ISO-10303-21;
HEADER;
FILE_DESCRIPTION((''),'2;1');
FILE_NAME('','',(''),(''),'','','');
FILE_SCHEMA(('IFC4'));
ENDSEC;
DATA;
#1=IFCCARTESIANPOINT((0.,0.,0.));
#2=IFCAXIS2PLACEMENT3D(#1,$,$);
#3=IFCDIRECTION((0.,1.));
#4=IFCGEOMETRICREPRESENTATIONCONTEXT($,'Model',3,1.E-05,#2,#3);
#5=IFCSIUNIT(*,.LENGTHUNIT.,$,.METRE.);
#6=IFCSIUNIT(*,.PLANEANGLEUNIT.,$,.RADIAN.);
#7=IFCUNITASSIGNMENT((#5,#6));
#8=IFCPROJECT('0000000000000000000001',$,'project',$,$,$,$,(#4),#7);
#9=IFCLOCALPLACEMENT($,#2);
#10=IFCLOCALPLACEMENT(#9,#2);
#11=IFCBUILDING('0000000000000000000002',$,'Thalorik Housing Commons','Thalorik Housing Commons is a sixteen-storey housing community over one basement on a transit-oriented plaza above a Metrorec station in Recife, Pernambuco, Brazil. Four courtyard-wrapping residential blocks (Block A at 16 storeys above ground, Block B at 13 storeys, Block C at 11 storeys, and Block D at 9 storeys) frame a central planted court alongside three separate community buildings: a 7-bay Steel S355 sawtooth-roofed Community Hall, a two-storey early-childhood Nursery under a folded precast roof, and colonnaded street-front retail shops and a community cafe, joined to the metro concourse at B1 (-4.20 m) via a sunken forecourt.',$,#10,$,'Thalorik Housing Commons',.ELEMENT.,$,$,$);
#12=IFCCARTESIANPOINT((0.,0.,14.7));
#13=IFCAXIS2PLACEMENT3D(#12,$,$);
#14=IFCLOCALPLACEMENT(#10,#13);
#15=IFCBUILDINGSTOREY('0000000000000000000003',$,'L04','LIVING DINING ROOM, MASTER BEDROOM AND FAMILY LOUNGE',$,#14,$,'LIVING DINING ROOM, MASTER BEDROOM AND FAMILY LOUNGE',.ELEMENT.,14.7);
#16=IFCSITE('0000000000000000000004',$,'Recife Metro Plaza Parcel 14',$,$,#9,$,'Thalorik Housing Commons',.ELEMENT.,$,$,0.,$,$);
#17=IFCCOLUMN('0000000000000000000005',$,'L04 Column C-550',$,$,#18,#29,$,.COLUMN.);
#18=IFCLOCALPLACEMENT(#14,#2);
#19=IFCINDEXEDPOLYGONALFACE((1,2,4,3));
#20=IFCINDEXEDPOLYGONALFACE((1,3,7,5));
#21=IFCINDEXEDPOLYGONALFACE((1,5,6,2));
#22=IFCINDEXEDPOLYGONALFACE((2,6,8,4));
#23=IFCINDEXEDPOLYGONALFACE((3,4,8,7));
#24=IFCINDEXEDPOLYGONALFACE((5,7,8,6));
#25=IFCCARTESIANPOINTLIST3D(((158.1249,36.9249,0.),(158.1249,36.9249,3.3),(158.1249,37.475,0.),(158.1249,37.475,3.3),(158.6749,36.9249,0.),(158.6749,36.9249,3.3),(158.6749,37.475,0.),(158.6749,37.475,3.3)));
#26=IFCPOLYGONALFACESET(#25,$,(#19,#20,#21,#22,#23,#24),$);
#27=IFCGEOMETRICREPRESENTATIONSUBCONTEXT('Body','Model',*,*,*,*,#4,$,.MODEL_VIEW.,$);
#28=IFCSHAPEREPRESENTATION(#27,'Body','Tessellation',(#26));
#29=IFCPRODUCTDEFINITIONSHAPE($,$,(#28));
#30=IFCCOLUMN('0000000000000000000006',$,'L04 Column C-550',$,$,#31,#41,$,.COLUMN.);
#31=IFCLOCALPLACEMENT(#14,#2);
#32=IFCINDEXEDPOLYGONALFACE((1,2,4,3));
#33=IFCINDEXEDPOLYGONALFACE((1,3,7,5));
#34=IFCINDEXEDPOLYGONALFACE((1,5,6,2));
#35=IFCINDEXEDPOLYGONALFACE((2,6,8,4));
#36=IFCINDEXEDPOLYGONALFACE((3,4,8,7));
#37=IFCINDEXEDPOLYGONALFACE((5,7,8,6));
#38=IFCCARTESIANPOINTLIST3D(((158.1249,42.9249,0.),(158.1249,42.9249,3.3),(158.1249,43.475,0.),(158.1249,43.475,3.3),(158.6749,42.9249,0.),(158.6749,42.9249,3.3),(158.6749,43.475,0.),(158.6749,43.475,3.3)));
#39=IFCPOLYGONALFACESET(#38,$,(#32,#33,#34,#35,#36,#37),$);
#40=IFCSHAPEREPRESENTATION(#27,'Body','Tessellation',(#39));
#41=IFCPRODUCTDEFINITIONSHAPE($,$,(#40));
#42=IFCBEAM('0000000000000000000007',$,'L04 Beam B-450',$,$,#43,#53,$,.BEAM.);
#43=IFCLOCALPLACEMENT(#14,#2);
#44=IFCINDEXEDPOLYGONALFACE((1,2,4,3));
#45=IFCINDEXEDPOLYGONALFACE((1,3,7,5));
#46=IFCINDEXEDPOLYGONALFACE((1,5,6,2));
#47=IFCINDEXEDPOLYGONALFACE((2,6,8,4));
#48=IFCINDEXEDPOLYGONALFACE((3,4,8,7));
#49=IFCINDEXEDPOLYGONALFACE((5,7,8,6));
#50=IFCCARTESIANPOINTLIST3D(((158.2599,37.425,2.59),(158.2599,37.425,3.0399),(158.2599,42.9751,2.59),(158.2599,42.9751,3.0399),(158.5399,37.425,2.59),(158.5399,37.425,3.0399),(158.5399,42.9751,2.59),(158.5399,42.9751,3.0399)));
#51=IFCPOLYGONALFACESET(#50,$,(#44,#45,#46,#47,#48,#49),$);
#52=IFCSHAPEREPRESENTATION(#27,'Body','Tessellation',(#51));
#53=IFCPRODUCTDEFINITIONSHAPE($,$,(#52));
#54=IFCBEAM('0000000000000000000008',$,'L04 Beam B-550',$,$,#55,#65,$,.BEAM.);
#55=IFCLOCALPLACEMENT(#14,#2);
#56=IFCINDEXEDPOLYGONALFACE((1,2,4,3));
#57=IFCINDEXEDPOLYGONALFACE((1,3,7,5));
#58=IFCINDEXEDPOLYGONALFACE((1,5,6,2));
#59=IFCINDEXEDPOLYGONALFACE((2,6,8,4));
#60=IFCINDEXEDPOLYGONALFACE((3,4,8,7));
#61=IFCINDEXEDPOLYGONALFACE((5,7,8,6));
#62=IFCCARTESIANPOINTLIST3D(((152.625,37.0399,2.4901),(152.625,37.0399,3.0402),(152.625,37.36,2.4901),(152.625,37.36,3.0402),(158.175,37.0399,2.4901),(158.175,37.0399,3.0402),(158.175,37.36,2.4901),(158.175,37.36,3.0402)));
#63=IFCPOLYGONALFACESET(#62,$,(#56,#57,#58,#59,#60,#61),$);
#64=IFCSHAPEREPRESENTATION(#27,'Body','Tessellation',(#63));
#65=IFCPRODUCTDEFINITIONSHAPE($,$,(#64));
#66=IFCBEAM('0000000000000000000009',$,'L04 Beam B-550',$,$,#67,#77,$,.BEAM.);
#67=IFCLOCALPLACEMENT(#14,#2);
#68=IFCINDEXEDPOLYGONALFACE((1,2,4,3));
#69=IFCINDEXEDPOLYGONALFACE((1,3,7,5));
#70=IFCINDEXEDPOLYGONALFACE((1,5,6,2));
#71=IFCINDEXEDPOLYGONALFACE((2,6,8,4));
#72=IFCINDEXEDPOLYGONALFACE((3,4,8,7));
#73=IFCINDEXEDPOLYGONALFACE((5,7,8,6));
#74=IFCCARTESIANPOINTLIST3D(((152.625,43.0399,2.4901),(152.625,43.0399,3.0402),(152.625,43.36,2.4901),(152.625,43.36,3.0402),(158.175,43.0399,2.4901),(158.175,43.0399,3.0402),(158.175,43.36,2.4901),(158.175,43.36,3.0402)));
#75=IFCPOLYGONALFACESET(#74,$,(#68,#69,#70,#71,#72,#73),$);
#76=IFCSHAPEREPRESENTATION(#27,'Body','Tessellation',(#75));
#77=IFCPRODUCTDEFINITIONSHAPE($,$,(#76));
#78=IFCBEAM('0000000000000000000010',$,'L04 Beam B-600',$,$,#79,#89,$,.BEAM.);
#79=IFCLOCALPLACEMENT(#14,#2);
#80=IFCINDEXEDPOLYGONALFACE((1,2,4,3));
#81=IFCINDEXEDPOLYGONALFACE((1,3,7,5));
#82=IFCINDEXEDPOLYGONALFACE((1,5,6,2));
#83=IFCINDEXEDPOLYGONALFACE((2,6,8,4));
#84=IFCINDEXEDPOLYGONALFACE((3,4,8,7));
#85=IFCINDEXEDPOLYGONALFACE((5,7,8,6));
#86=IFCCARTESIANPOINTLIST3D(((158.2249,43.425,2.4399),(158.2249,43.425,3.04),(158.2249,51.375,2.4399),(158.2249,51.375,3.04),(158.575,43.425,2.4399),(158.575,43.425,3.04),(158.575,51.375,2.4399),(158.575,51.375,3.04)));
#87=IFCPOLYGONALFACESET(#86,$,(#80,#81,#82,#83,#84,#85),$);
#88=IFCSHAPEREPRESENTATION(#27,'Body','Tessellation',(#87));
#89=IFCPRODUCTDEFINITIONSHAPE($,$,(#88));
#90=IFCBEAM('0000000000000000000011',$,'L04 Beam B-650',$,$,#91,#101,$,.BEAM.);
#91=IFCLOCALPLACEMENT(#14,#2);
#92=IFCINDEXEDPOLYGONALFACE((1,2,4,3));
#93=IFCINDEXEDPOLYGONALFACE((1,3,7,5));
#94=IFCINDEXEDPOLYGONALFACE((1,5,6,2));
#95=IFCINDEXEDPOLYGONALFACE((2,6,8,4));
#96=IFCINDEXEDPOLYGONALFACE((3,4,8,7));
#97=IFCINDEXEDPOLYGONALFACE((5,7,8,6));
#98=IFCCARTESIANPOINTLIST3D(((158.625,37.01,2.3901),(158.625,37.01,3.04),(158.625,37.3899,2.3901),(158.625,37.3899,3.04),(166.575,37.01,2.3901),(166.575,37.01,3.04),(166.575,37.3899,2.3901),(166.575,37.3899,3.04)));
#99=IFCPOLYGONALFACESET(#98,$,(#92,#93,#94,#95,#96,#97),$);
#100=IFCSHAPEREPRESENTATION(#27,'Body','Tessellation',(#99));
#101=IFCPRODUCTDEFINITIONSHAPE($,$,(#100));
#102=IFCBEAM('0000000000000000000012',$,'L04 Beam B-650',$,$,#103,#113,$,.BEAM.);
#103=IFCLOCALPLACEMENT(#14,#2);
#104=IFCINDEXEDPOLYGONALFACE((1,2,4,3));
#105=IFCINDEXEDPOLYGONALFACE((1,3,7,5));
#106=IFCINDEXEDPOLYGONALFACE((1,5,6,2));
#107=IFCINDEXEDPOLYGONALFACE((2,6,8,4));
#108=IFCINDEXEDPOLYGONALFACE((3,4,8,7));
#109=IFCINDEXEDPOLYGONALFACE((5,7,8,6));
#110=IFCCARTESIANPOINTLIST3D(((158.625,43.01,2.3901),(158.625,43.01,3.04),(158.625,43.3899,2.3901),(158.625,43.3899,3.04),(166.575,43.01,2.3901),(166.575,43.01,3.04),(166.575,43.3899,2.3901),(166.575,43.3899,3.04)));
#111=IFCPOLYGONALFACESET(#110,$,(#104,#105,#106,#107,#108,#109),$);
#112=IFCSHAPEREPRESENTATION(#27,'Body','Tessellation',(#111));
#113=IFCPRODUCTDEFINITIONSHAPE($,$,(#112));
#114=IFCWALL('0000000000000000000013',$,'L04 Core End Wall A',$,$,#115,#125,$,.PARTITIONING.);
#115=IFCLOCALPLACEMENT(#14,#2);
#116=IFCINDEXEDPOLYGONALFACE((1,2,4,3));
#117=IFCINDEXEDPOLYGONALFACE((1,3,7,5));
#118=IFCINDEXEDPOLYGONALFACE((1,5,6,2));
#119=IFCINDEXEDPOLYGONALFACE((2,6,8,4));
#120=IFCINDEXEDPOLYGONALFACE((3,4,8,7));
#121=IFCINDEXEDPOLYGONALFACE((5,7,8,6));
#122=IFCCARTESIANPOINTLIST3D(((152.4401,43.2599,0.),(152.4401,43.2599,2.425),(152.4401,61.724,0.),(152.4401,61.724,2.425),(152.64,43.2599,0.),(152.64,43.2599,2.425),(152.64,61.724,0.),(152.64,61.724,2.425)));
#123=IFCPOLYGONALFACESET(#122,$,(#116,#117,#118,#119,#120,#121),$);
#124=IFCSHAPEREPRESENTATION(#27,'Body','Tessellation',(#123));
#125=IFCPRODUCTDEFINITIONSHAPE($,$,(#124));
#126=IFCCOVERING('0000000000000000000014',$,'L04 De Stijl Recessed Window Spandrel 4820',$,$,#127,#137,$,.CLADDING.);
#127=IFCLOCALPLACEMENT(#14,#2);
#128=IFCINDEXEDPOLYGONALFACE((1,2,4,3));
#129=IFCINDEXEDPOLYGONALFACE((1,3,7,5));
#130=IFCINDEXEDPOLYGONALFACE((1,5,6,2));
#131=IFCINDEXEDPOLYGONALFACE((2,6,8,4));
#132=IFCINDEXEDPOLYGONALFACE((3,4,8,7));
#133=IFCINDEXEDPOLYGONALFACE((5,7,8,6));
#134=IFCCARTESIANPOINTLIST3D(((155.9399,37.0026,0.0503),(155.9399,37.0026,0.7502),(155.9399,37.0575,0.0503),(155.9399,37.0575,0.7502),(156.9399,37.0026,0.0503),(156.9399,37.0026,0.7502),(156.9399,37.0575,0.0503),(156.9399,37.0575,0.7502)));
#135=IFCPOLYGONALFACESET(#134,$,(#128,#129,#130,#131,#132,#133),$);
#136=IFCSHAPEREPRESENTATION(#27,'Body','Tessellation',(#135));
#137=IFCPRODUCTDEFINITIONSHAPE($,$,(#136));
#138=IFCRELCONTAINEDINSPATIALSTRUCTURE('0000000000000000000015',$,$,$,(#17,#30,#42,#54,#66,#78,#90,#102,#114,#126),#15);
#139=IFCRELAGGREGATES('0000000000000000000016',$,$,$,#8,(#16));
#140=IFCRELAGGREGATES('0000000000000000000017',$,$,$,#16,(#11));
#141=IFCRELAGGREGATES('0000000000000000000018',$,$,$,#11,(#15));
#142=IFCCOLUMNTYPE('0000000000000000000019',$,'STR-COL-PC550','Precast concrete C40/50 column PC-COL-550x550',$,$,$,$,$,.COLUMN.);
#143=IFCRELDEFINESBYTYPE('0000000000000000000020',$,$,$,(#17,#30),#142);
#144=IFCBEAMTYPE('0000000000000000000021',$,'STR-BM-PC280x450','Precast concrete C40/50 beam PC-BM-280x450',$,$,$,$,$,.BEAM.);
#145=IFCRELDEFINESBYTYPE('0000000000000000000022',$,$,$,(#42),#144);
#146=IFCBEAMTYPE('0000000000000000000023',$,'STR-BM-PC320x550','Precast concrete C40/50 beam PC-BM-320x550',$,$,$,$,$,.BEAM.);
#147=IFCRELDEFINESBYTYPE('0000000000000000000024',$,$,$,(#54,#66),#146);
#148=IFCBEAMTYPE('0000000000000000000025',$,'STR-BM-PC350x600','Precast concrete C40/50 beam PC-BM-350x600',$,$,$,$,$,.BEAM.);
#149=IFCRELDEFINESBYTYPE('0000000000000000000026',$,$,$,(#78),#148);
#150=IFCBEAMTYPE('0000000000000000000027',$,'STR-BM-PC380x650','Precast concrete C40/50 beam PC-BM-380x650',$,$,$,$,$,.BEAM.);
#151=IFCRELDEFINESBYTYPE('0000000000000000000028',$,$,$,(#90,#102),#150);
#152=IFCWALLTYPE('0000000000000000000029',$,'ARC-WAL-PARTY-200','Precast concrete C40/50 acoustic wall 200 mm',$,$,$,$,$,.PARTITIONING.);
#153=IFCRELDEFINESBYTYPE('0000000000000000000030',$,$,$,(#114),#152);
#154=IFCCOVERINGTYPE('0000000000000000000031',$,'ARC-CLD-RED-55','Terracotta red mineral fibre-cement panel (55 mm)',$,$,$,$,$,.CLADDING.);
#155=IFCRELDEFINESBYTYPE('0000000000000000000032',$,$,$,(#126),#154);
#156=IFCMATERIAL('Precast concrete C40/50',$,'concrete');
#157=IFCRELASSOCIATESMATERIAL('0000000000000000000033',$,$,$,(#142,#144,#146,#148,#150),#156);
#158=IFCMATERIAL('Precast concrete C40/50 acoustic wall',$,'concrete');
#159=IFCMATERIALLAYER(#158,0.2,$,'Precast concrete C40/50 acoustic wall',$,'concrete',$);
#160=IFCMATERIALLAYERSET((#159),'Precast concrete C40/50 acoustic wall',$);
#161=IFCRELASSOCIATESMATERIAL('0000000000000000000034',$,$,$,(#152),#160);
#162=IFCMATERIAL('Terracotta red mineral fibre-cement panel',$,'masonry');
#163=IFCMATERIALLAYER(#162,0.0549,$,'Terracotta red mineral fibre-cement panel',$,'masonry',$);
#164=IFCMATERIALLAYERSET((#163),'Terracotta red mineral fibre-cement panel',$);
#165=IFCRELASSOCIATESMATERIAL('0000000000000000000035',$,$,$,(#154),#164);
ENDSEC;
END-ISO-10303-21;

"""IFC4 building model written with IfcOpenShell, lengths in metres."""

from ifc_helpers import new_model, si_unit, direction, frame, frame_2d, origin, origin_2d, place, context, subcontext, project, spatial, rectangle, extrude, material, layer, layer_set, material_profile, profile_set, type_object, element, save


model = new_model("IFC4")

# Units and contexts
model_context = context("Model", 3, precision=1e-05, world=origin(), true_north=direction((0.0, 1.0)))
body_context = subcontext(model_context, "Body", "Model", "MODEL_VIEW")
ifc_project = project(units=[si_unit("LENGTHUNIT", "METRE"), si_unit("PLANEANGLEUNIT", "RADIAN")], contexts=[model_context])

# Site, building, storey
site_placement = place(None, origin())
site = spatial("IfcSite", under=ifc_project, at=site_placement, Name="Recife Metro Plaza Parcel 14", LongName="Thalorik Housing Commons", CompositionType="ELEMENT", RefElevation=0.0)
building_placement = place(site_placement, origin())
building = spatial("IfcBuilding", under=site, at=building_placement, Name="Thalorik Housing Commons", Description="Thalorik Housing Commons is a sixteen-storey housing community over one basement on a transit-oriented plaza above a Metrorec station in Recife, Pernambuco, Brazil. Four courtyard-wrapping residential blocks (Block A at 16 storeys above ground, Block B at 13 storeys, Block C at 11 storeys, and Block D at 9 storeys) frame a central planted court alongside three separate community buildings: a 7-bay Steel S355 sawtooth-roofed Community Hall, a two-storey early-childhood Nursery under a folded precast roof, and colonnaded street-front retail shops and a community cafe, joined to the metro concourse at B1 (-4.20 m) via a sunken forecourt.", LongName="Thalorik Housing Commons", CompositionType="ELEMENT")
storey_placement = place(building_placement, frame((0.0, 0.0, 14.7)))
storey = spatial("IfcBuildingStorey", under=building, at=storey_placement, Name="L04", Description="LIVING DINING ROOM, MASTER BEDROOM AND FAMILY LOUNGE", LongName="LIVING DINING ROOM, MASTER BEDROOM AND FAMILY LOUNGE", CompositionType="ELEMENT", Elevation=14.7)

# Columns
ifc_material_1 = material(Name="Precast concrete C40/50", Category="concrete")
ifc_material_profile_1 = material_profile(ifc_material_1, rectangle(XDim=0.55, YDim=0.55, at=origin_2d()), Name="PC 550x550", Category="concrete")
ifc_profile_set_1 = profile_set([ifc_material_profile_1], Name="Precast concrete C40/50")
column_type = type_object("IfcColumnType", Name="STR-COL-PC550", Description="Precast concrete C40/50 column PC-COL-550x550", PredefinedType="COLUMN", material=ifc_profile_set_1)
for number, where, z_axis, x_axis, name in (
    (1, (158.3999, 37.2, 0.0), (0.0, 0.0, 1.0), (1.0, 0.0, 0.0), "L04 Column C-550"),
    (2, (158.3999, 43.2, 0.0), (0.0, 0.0, 1.0), (1.0, 0.0, 0.0), "L04 Column C-550"),
):
    element("IfcColumn", number, at=place(storey_placement, frame(where, z_axis=z_axis, x_axis=x_axis)), inside=storey, type_object=column_type, Name=name, PredefinedType="COLUMN", context=body_context, shape_type="SweptSolid", body=[
        extrude(rectangle(XDim=0.55, YDim=0.55, at=origin_2d()), origin(), (0.0, 0.0, 1.0), 3.3),
    ])

# Beams
ifc_material_profile_2 = material_profile(ifc_material_1, rectangle(XDim=0.28, YDim=0.45, at=origin_2d()), Name="PC 280x450", Category="concrete")
ifc_profile_set_2 = profile_set([ifc_material_profile_2], Name="Precast concrete C40/50")
beam_type_1 = type_object("IfcBeamType", Name="STR-BM-PC280x450", Description="Precast concrete C40/50 beam PC-BM-280x450", PredefinedType="BEAM", material=ifc_profile_set_2)
beam_1_placement = place(storey_placement, frame((158.3999, 37.425, 2.8149), z_axis=(0.0, 1.0, 0.0), x_axis=(-1.0, 0.0, 0.0)))
element("IfcBeam", 3, at=beam_1_placement, inside=storey, type_object=beam_type_1, Name="L04 Beam B-450", PredefinedType="BEAM", context=body_context, shape_type="SweptSolid", body=[
    extrude(rectangle(XDim=0.28, YDim=0.45, at=origin_2d()), origin(), (0.0, 0.0, 1.0), 5.55),
])
ifc_material_profile_3 = material_profile(ifc_material_1, rectangle(XDim=0.3201, YDim=0.55, at=origin_2d()), Name="PC 320x550", Category="concrete")
ifc_profile_set_3 = profile_set([ifc_material_profile_3], Name="Precast concrete C40/50")
beam_type_2 = type_object("IfcBeamType", Name="STR-BM-PC320x550", Description="Precast concrete C40/50 beam PC-BM-320x550", PredefinedType="BEAM", material=ifc_profile_set_3)
for number, where, z_axis, x_axis, name in (
    (4, (152.625, 37.2, 2.7651), (1.0, 0.0, 0.0), (0.0, 1.0, 0.0), "L04 Beam B-550"),
    (5, (152.625, 43.2, 2.7651), (1.0, 0.0, 0.0), (0.0, 1.0, 0.0), "L04 Beam B-550"),
):
    element("IfcBeam", number, at=place(storey_placement, frame(where, z_axis=z_axis, x_axis=x_axis)), inside=storey, type_object=beam_type_2, Name=name, PredefinedType="BEAM", context=body_context, shape_type="SweptSolid", body=[
        extrude(rectangle(XDim=0.3201, YDim=0.55, at=origin_2d()), origin(), (0.0, 0.0, 1.0), 5.55),
    ])
ifc_material_profile_4 = material_profile(ifc_material_1, rectangle(XDim=0.3501, YDim=0.6001, at=origin_2d()), Name="PC 350x600", Category="concrete")
ifc_profile_set_4 = profile_set([ifc_material_profile_4], Name="Precast concrete C40/50")
beam_type_3 = type_object("IfcBeamType", Name="STR-BM-PC350x600", Description="Precast concrete C40/50 beam PC-BM-350x600", PredefinedType="BEAM", material=ifc_profile_set_4)
beam_2_placement = place(storey_placement, frame((158.3999, 43.425, 2.74), z_axis=(0.0, 1.0, 0.0), x_axis=(-1.0, 0.0, 0.0)))
element("IfcBeam", 6, at=beam_2_placement, inside=storey, type_object=beam_type_3, Name="L04 Beam B-600", PredefinedType="BEAM", context=body_context, shape_type="SweptSolid", body=[
    extrude(rectangle(XDim=0.3501, YDim=0.6001, at=origin_2d()), origin(), (0.0, 0.0, 1.0), 7.95),
])
ifc_material_profile_5 = material_profile(ifc_material_1, rectangle(XDim=0.3799, YDim=0.6499, at=origin_2d()), Name="PC 380x650", Category="concrete")
ifc_profile_set_5 = profile_set([ifc_material_profile_5], Name="Precast concrete C40/50")
beam_type_4 = type_object("IfcBeamType", Name="STR-BM-PC380x650", Description="Precast concrete C40/50 beam PC-BM-380x650", PredefinedType="BEAM", material=ifc_profile_set_5)
for number, where, z_axis, x_axis, name in (
    (7, (158.625, 37.2, 2.7151), (1.0, 0.0, 0.0), (0.0, 1.0, 0.0), "L04 Beam B-650"),
    (8, (158.625, 43.2, 2.7151), (1.0, 0.0, 0.0), (0.0, 1.0, 0.0), "L04 Beam B-650"),
):
    element("IfcBeam", number, at=place(storey_placement, frame(where, z_axis=z_axis, x_axis=x_axis)), inside=storey, type_object=beam_type_4, Name=name, PredefinedType="BEAM", context=body_context, shape_type="SweptSolid", body=[
        extrude(rectangle(XDim=0.3799, YDim=0.6499, at=origin_2d()), origin(), (0.0, 0.0, 1.0), 7.95),
    ])

# Wall
ifc_material_2 = material(Name="Precast concrete C40/50 acoustic wall", Category="concrete")
ifc_layer_1 = layer(ifc_material_2, 0.2, Name="Precast concrete C40/50 acoustic wall", Category="concrete")
ifc_layer_set_1 = layer_set([ifc_layer_1], Name="Precast concrete C40/50 acoustic wall")
wall_type_1 = type_object("IfcWallType", Name="ARC-WAL-PARTY-200", Description="Precast concrete C40/50 acoustic wall 200 mm", PredefinedType="PARTITIONING", material=ifc_layer_set_1)
wall_1_placement = place(storey_placement, frame((152.54, 43.26, 0.0), z_axis=(0.0, 0.0, 1.0), x_axis=(0.0, 1.0, 0.0)))
element("IfcWall", 9, at=wall_1_placement, inside=storey, type_object=wall_type_1, Name="L04 Core End Wall A", PredefinedType="PARTITIONING", context=body_context, shape_type="SweptSolid", body=[
    extrude(rectangle(XDim=18.4641, YDim=0.2, at=frame_2d((9.2319, 0.0))), origin(), (0.0, 0.0, 1.0), 2.425),
])

# Covering
ifc_material_3 = material(Name="Terracotta red mineral fibre-cement panel", Category="masonry")
ifc_layer_2 = layer(ifc_material_3, 0.0549, Name="Terracotta red mineral fibre-cement panel", Category="masonry")
ifc_layer_set_2 = layer_set([ifc_layer_2], Name="Terracotta red mineral fibre-cement panel")
covering_type_1 = type_object("IfcCoveringType", Name="ARC-CLD-RED-55", Description="Terracotta red mineral fibre-cement panel (55 mm)", PredefinedType="CLADDING", material=ifc_layer_set_2)
covering_1_placement = place(storey_placement, frame((156.4399, 37.03, 0.0503), z_axis=(0.0, 0.0, 1.0), x_axis=(1.0, 0.0, 0.0)))
element("IfcCovering", 10, at=covering_1_placement, inside=storey, type_object=covering_type_1, Name="L04 De Stijl Recessed Window Spandrel 4820", PredefinedType="CLADDING", context=body_context, shape_type="SweptSolid", body=[
    extrude(rectangle(XDim=1.0, YDim=0.0549, at=origin_2d()), origin(), (0.0, 0.0, 1.0), 0.7),
])

save(model, "model.ifc")
